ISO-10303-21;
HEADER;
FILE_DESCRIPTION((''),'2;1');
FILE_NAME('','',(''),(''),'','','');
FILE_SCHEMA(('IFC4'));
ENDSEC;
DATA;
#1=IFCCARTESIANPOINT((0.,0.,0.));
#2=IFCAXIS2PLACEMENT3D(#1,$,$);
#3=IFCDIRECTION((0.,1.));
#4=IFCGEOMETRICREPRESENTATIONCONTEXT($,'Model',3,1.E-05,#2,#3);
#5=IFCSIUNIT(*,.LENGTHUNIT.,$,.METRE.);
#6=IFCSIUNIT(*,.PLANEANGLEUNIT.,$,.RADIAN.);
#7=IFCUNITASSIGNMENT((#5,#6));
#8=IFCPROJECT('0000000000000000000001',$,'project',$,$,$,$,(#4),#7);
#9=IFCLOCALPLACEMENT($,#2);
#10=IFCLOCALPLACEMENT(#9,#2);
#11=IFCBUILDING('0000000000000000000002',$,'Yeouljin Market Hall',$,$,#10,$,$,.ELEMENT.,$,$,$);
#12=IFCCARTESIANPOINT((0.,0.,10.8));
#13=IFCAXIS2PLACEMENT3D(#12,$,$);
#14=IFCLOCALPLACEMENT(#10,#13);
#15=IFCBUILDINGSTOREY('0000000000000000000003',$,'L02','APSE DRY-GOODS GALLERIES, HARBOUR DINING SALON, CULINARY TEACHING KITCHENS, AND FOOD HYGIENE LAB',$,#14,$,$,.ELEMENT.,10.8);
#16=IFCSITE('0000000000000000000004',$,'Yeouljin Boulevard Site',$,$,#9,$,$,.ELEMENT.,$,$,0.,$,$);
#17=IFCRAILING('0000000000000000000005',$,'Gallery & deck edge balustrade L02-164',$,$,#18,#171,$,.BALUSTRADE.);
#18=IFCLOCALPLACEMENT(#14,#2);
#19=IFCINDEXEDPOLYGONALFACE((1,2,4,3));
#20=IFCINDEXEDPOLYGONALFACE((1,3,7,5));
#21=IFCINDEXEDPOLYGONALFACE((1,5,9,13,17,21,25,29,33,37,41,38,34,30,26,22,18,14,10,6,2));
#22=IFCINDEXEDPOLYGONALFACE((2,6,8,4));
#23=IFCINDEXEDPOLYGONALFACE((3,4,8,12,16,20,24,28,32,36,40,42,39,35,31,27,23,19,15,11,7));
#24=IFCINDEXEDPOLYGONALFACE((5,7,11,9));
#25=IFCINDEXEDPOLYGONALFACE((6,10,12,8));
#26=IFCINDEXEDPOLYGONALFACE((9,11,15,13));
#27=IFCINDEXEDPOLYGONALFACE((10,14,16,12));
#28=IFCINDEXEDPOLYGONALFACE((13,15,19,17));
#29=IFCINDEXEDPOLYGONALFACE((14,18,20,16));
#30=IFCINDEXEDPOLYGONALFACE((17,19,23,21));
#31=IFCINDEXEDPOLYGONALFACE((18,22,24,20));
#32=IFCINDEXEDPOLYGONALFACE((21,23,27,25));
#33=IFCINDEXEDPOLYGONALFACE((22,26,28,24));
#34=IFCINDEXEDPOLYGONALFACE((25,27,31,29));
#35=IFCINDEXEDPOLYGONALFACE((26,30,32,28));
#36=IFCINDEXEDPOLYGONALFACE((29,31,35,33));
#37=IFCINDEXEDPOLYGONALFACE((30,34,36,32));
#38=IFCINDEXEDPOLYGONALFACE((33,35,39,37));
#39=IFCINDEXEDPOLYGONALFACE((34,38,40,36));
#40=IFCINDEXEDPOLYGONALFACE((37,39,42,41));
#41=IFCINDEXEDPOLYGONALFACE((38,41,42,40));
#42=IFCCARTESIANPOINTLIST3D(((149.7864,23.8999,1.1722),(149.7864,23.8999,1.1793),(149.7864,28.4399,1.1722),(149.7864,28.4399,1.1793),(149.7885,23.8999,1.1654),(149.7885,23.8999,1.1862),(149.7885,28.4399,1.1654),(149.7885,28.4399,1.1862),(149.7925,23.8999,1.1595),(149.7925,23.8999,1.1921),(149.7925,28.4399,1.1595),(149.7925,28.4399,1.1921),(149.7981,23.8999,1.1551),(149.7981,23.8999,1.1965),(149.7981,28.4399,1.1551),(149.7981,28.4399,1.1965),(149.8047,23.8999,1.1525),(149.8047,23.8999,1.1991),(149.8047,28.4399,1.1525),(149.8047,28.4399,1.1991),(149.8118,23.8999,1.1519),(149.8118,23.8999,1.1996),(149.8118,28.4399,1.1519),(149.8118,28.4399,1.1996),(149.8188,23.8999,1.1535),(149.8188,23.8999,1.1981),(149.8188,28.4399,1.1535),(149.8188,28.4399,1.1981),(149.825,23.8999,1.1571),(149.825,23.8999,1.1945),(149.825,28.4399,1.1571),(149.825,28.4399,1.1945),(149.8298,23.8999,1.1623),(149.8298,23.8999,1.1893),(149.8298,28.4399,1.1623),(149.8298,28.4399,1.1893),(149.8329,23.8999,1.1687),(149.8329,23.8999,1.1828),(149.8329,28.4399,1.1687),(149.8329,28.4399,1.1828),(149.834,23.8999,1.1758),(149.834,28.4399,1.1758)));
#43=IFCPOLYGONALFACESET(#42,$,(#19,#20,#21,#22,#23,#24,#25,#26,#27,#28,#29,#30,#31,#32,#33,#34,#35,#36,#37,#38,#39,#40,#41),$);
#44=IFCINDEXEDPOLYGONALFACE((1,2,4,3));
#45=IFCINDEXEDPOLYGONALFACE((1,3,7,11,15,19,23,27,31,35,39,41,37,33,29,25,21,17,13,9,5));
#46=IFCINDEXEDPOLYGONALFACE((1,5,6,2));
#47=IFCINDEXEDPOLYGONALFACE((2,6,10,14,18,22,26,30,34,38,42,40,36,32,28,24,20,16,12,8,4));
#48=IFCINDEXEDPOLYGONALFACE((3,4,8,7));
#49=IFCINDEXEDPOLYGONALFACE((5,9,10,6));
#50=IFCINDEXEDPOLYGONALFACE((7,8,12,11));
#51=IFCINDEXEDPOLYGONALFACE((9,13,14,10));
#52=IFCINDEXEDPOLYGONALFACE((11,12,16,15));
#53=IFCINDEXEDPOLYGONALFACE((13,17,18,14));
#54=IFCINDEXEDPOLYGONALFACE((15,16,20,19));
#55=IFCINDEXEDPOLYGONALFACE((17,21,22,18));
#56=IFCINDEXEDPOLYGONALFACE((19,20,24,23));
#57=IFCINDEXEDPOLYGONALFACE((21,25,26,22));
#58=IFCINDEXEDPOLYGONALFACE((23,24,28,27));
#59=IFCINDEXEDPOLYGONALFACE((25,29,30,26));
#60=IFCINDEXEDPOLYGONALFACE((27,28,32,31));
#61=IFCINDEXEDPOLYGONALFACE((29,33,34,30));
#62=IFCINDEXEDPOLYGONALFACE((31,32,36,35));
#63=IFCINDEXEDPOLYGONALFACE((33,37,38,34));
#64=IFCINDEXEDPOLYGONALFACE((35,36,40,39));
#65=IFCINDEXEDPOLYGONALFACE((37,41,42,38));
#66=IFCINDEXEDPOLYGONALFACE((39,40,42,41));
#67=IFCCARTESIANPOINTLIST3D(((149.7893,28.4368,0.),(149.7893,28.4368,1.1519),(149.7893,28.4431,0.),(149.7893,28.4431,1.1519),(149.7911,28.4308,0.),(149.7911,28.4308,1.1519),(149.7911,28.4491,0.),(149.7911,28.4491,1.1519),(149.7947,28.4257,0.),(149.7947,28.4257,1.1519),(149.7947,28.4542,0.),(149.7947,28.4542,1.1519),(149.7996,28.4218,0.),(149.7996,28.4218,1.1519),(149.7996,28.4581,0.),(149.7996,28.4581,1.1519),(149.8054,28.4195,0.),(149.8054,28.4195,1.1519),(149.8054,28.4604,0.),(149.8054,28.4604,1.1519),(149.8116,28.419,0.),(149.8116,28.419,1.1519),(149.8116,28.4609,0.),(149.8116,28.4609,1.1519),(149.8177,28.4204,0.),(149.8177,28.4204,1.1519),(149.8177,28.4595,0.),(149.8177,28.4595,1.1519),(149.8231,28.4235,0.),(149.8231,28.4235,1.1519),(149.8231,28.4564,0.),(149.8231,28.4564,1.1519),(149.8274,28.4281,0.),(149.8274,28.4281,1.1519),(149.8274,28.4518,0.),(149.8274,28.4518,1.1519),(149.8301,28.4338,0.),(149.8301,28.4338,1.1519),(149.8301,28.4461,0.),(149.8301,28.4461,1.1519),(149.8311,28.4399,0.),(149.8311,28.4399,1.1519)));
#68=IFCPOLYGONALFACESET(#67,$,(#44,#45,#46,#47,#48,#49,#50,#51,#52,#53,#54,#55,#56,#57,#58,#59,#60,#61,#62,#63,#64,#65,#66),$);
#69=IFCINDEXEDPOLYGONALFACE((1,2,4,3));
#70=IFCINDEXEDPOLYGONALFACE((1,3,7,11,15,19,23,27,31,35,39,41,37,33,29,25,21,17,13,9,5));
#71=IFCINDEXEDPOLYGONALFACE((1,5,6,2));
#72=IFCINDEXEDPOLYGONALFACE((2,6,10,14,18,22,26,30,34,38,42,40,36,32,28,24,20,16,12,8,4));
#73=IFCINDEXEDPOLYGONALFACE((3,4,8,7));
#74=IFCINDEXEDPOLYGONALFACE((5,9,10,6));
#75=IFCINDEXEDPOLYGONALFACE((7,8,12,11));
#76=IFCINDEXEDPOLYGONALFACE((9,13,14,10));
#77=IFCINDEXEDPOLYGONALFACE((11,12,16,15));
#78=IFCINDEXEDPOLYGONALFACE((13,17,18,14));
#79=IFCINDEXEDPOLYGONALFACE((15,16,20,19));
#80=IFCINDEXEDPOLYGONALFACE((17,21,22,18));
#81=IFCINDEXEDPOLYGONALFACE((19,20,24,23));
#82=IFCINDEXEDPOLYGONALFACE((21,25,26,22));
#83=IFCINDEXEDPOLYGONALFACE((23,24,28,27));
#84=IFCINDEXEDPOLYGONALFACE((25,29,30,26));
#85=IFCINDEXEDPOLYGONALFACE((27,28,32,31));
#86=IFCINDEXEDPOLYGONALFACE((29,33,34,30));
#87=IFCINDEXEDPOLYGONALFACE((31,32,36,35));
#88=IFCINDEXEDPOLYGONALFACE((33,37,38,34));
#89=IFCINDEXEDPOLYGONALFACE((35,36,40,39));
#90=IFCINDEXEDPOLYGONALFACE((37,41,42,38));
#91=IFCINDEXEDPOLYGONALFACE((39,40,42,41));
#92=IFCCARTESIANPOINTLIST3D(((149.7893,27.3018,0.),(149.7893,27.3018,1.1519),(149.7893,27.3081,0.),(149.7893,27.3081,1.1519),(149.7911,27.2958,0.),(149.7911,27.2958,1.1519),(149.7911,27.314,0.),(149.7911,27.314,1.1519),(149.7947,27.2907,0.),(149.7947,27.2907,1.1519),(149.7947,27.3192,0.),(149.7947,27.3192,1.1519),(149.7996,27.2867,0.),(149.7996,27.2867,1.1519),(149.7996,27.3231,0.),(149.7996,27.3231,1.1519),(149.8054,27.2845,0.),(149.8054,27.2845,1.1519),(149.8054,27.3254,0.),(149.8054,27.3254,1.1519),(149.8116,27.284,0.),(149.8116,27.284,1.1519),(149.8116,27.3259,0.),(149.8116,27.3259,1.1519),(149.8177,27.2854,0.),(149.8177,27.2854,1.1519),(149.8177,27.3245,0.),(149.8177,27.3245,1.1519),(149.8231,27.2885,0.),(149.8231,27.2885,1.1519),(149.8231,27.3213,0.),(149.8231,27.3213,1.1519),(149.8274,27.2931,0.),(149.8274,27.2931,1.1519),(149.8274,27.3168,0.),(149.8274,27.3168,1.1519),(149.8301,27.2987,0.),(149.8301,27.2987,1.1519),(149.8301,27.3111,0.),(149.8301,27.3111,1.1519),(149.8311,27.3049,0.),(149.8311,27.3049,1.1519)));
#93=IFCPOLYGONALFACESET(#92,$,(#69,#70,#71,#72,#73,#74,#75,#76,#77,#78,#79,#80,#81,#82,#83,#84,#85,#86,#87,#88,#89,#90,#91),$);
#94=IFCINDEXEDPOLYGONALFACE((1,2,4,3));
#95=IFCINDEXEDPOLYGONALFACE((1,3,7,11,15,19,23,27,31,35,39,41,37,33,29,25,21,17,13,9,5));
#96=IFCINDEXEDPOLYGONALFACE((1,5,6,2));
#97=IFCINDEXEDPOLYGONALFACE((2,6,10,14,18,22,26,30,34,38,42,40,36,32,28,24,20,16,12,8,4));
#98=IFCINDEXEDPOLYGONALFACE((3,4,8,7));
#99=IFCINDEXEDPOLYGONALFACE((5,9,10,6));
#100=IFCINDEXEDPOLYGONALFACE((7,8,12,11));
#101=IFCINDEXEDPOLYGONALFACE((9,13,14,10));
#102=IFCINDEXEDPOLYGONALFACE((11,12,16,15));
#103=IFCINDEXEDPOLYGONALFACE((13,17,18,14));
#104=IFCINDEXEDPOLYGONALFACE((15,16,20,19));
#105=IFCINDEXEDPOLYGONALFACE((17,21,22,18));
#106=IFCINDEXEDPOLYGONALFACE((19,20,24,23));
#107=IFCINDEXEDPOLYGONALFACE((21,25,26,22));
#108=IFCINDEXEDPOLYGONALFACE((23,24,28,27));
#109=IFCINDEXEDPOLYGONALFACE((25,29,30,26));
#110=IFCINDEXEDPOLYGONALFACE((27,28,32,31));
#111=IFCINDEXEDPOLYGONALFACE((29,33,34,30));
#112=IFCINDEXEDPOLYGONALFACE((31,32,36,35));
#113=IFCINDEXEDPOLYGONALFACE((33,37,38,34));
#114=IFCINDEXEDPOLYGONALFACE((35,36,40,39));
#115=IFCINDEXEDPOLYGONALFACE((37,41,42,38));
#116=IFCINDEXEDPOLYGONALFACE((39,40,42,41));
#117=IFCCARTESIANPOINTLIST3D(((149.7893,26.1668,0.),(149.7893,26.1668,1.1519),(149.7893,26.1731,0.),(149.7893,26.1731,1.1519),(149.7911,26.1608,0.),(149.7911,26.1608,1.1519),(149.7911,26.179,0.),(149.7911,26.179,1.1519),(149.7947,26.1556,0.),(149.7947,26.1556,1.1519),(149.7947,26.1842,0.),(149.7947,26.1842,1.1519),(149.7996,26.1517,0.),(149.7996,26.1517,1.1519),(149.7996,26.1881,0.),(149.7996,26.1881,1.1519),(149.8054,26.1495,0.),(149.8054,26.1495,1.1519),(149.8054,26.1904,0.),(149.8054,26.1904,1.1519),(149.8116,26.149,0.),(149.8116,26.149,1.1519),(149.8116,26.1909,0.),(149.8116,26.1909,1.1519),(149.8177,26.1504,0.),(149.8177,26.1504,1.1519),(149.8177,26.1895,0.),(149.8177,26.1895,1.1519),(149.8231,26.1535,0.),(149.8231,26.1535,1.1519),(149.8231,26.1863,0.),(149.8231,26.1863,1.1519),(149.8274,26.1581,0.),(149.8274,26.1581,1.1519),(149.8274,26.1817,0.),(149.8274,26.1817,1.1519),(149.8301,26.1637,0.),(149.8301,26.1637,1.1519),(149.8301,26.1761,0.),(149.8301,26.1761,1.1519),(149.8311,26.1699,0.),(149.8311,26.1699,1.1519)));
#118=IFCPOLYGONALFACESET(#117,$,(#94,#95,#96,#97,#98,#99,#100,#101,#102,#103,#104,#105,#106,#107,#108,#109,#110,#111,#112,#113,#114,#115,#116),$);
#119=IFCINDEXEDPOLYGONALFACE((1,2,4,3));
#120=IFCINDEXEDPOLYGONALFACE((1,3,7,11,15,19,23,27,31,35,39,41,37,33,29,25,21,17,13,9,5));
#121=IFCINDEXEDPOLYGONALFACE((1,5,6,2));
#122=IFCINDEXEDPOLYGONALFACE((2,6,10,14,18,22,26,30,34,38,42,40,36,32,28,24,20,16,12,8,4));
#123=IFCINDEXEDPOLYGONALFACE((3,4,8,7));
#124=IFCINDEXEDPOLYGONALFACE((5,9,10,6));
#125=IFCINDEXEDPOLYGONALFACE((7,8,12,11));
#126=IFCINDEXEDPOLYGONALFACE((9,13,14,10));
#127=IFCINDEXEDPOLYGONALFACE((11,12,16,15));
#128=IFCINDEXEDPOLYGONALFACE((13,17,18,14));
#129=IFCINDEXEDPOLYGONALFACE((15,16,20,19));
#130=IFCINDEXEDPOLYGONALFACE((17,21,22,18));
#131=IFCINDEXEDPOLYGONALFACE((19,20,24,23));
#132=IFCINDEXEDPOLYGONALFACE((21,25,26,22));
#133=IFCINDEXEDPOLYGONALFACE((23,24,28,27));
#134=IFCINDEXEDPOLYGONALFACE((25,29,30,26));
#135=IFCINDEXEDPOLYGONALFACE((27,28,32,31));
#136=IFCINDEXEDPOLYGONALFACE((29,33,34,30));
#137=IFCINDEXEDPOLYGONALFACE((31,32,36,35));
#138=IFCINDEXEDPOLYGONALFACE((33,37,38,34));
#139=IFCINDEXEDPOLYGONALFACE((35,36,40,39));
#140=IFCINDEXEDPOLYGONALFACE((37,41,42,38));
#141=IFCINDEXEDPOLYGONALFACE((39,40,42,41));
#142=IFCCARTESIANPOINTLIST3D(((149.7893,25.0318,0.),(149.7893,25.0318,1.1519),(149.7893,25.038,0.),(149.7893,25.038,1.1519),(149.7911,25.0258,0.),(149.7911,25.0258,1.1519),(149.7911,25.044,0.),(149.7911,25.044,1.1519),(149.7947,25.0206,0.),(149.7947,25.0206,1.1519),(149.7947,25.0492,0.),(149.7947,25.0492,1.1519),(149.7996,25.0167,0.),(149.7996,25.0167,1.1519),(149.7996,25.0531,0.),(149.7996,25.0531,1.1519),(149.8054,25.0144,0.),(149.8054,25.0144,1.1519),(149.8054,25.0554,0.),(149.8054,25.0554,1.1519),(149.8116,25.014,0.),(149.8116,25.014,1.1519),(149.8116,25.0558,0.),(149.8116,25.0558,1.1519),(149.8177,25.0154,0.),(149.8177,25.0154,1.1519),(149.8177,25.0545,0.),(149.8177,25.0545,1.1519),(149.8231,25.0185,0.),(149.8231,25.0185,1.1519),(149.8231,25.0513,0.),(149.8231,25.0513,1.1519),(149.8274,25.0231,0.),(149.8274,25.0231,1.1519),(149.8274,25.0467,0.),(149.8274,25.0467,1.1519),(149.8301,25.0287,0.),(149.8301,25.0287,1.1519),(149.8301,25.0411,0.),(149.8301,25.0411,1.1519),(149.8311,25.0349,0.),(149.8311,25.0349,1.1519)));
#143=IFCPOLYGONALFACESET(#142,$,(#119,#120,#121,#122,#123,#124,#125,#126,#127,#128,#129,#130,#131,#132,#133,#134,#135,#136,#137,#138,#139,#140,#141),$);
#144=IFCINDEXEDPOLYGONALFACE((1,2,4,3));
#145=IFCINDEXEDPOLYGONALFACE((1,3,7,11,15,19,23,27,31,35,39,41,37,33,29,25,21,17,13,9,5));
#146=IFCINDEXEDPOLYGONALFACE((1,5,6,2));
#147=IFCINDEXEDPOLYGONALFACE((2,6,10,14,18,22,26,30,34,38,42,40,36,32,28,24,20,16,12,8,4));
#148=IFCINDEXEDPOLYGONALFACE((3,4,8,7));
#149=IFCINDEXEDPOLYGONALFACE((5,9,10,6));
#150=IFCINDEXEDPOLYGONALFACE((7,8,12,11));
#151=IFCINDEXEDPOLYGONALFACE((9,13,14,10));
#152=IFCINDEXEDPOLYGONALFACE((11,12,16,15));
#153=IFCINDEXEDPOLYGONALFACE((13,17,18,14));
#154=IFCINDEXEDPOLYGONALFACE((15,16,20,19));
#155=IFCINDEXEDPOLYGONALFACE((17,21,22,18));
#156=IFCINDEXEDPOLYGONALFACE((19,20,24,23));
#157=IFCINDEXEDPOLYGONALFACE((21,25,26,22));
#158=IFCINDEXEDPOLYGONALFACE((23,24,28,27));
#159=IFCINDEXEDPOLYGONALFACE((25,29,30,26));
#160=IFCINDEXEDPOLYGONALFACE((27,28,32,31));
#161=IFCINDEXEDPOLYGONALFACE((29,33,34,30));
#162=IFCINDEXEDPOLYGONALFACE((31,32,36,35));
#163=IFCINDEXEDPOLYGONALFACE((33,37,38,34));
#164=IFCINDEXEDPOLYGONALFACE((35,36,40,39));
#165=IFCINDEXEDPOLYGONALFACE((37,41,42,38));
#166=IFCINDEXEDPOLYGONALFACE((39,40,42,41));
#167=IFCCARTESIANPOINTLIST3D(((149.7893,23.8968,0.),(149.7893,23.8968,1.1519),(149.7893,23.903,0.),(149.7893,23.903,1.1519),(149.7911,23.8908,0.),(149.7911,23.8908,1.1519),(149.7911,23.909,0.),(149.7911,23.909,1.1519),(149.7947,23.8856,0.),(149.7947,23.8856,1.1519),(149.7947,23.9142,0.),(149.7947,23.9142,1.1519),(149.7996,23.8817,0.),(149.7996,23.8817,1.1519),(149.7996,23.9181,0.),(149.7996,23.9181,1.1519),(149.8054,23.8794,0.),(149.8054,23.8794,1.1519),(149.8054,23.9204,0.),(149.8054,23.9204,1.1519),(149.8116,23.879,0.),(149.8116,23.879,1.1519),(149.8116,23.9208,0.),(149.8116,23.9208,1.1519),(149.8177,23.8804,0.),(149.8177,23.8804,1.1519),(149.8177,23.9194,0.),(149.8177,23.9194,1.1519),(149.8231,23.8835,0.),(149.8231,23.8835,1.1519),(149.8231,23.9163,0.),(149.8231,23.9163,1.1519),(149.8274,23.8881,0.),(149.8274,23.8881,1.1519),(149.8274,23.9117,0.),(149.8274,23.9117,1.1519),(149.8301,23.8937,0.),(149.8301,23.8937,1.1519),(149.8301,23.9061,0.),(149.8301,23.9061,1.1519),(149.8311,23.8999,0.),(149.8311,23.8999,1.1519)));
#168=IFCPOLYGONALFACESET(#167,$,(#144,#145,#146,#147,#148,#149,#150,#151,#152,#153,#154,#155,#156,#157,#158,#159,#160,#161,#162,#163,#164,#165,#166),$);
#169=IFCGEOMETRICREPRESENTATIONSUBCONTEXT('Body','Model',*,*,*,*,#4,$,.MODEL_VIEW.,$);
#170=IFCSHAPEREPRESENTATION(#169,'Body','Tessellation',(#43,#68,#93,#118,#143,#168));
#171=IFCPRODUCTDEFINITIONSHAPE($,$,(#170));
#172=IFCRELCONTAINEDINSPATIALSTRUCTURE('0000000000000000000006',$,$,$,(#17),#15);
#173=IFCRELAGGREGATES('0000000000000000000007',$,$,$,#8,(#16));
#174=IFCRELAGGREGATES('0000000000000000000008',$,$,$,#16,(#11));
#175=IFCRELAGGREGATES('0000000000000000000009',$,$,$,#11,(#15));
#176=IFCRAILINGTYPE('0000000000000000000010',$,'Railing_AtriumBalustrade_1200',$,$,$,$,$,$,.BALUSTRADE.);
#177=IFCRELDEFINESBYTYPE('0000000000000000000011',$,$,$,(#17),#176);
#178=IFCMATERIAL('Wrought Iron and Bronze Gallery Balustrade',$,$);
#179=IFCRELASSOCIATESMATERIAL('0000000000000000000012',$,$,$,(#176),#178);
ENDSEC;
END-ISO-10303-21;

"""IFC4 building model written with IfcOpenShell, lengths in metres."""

from ifc_helpers import new_model, si_unit, direction, frame, origin, origin_2d, place, context, subcontext, project, spatial, circle, extrude, material, type_object, element, save


model = new_model("IFC4")

# Units and contexts
model_context = context("Model", 3, precision=1e-05, world=origin(), true_north=direction((0.0, 1.0)))
body_context = subcontext(model_context, "Body", "Model", "MODEL_VIEW")
ifc_project = project(units=[si_unit("LENGTHUNIT", "METRE"), si_unit("PLANEANGLEUNIT", "RADIAN")], contexts=[model_context])

# Site, building, storey
site_placement = place(None, origin())
site = spatial("IfcSite", under=ifc_project, at=site_placement, Name="Yeouljin Boulevard Site", CompositionType="ELEMENT", RefElevation=0.0)
building_placement = place(site_placement, origin())
building = spatial("IfcBuilding", under=site, at=building_placement, Name="Yeouljin Market Hall", CompositionType="ELEMENT")
storey_placement = place(building_placement, frame((0.0, 0.0, 10.8)))
storey = spatial("IfcBuildingStorey", under=building, at=storey_placement, Name="L02", Description="APSE DRY-GOODS GALLERIES, HARBOUR DINING SALON, CULINARY TEACHING KITCHENS, AND FOOD HYGIENE LAB", CompositionType="ELEMENT", Elevation=10.8)

# Railing
ifc_material_1 = material(Name="Wrought Iron and Bronze Gallery Balustrade")
railing_type = type_object("IfcRailingType", Name="Railing_AtriumBalustrade_1200", PredefinedType="BALUSTRADE", material=ifc_material_1)
railing_1_placement = place(storey_placement, frame((149.8101, 28.4399, 0.0)))
element("IfcRailing", 1, at=railing_1_placement, inside=storey, type_object=railing_type, Name="Gallery & deck edge balustrade L02-164", PredefinedType="BALUSTRADE", context=body_context, shape_type="SweptSolid", body=[
    extrude(circle(Radius=0.0239, at=origin_2d()), frame((0.0, 0.0, 1.1758), z_axis=(0.0, -1.0, 0.0), x_axis=(1.0, 0.0, 0.0)), (0.0, 0.0, 1.0), 4.54),
    extrude(circle(Radius=0.021, at=origin_2d()), origin(), (0.0, 0.0, 1.0), 1.1519),
    extrude(circle(Radius=0.021, at=origin_2d()), frame((0.0, -1.135, 0.0)), (0.0, 0.0, 1.0), 1.1519),
    extrude(circle(Radius=0.021, at=origin_2d()), frame((0.0, -2.27, 0.0)), (0.0, 0.0, 1.0), 1.1519),
    extrude(circle(Radius=0.021, at=origin_2d()), frame((0.0, -3.405, 0.0)), (0.0, 0.0, 1.0), 1.1519),
    extrude(circle(Radius=0.021, at=origin_2d()), frame((0.0, -4.54, 0.0)), (0.0, 0.0, 1.0), 1.1519),
])

save(model, "model.ifc")
